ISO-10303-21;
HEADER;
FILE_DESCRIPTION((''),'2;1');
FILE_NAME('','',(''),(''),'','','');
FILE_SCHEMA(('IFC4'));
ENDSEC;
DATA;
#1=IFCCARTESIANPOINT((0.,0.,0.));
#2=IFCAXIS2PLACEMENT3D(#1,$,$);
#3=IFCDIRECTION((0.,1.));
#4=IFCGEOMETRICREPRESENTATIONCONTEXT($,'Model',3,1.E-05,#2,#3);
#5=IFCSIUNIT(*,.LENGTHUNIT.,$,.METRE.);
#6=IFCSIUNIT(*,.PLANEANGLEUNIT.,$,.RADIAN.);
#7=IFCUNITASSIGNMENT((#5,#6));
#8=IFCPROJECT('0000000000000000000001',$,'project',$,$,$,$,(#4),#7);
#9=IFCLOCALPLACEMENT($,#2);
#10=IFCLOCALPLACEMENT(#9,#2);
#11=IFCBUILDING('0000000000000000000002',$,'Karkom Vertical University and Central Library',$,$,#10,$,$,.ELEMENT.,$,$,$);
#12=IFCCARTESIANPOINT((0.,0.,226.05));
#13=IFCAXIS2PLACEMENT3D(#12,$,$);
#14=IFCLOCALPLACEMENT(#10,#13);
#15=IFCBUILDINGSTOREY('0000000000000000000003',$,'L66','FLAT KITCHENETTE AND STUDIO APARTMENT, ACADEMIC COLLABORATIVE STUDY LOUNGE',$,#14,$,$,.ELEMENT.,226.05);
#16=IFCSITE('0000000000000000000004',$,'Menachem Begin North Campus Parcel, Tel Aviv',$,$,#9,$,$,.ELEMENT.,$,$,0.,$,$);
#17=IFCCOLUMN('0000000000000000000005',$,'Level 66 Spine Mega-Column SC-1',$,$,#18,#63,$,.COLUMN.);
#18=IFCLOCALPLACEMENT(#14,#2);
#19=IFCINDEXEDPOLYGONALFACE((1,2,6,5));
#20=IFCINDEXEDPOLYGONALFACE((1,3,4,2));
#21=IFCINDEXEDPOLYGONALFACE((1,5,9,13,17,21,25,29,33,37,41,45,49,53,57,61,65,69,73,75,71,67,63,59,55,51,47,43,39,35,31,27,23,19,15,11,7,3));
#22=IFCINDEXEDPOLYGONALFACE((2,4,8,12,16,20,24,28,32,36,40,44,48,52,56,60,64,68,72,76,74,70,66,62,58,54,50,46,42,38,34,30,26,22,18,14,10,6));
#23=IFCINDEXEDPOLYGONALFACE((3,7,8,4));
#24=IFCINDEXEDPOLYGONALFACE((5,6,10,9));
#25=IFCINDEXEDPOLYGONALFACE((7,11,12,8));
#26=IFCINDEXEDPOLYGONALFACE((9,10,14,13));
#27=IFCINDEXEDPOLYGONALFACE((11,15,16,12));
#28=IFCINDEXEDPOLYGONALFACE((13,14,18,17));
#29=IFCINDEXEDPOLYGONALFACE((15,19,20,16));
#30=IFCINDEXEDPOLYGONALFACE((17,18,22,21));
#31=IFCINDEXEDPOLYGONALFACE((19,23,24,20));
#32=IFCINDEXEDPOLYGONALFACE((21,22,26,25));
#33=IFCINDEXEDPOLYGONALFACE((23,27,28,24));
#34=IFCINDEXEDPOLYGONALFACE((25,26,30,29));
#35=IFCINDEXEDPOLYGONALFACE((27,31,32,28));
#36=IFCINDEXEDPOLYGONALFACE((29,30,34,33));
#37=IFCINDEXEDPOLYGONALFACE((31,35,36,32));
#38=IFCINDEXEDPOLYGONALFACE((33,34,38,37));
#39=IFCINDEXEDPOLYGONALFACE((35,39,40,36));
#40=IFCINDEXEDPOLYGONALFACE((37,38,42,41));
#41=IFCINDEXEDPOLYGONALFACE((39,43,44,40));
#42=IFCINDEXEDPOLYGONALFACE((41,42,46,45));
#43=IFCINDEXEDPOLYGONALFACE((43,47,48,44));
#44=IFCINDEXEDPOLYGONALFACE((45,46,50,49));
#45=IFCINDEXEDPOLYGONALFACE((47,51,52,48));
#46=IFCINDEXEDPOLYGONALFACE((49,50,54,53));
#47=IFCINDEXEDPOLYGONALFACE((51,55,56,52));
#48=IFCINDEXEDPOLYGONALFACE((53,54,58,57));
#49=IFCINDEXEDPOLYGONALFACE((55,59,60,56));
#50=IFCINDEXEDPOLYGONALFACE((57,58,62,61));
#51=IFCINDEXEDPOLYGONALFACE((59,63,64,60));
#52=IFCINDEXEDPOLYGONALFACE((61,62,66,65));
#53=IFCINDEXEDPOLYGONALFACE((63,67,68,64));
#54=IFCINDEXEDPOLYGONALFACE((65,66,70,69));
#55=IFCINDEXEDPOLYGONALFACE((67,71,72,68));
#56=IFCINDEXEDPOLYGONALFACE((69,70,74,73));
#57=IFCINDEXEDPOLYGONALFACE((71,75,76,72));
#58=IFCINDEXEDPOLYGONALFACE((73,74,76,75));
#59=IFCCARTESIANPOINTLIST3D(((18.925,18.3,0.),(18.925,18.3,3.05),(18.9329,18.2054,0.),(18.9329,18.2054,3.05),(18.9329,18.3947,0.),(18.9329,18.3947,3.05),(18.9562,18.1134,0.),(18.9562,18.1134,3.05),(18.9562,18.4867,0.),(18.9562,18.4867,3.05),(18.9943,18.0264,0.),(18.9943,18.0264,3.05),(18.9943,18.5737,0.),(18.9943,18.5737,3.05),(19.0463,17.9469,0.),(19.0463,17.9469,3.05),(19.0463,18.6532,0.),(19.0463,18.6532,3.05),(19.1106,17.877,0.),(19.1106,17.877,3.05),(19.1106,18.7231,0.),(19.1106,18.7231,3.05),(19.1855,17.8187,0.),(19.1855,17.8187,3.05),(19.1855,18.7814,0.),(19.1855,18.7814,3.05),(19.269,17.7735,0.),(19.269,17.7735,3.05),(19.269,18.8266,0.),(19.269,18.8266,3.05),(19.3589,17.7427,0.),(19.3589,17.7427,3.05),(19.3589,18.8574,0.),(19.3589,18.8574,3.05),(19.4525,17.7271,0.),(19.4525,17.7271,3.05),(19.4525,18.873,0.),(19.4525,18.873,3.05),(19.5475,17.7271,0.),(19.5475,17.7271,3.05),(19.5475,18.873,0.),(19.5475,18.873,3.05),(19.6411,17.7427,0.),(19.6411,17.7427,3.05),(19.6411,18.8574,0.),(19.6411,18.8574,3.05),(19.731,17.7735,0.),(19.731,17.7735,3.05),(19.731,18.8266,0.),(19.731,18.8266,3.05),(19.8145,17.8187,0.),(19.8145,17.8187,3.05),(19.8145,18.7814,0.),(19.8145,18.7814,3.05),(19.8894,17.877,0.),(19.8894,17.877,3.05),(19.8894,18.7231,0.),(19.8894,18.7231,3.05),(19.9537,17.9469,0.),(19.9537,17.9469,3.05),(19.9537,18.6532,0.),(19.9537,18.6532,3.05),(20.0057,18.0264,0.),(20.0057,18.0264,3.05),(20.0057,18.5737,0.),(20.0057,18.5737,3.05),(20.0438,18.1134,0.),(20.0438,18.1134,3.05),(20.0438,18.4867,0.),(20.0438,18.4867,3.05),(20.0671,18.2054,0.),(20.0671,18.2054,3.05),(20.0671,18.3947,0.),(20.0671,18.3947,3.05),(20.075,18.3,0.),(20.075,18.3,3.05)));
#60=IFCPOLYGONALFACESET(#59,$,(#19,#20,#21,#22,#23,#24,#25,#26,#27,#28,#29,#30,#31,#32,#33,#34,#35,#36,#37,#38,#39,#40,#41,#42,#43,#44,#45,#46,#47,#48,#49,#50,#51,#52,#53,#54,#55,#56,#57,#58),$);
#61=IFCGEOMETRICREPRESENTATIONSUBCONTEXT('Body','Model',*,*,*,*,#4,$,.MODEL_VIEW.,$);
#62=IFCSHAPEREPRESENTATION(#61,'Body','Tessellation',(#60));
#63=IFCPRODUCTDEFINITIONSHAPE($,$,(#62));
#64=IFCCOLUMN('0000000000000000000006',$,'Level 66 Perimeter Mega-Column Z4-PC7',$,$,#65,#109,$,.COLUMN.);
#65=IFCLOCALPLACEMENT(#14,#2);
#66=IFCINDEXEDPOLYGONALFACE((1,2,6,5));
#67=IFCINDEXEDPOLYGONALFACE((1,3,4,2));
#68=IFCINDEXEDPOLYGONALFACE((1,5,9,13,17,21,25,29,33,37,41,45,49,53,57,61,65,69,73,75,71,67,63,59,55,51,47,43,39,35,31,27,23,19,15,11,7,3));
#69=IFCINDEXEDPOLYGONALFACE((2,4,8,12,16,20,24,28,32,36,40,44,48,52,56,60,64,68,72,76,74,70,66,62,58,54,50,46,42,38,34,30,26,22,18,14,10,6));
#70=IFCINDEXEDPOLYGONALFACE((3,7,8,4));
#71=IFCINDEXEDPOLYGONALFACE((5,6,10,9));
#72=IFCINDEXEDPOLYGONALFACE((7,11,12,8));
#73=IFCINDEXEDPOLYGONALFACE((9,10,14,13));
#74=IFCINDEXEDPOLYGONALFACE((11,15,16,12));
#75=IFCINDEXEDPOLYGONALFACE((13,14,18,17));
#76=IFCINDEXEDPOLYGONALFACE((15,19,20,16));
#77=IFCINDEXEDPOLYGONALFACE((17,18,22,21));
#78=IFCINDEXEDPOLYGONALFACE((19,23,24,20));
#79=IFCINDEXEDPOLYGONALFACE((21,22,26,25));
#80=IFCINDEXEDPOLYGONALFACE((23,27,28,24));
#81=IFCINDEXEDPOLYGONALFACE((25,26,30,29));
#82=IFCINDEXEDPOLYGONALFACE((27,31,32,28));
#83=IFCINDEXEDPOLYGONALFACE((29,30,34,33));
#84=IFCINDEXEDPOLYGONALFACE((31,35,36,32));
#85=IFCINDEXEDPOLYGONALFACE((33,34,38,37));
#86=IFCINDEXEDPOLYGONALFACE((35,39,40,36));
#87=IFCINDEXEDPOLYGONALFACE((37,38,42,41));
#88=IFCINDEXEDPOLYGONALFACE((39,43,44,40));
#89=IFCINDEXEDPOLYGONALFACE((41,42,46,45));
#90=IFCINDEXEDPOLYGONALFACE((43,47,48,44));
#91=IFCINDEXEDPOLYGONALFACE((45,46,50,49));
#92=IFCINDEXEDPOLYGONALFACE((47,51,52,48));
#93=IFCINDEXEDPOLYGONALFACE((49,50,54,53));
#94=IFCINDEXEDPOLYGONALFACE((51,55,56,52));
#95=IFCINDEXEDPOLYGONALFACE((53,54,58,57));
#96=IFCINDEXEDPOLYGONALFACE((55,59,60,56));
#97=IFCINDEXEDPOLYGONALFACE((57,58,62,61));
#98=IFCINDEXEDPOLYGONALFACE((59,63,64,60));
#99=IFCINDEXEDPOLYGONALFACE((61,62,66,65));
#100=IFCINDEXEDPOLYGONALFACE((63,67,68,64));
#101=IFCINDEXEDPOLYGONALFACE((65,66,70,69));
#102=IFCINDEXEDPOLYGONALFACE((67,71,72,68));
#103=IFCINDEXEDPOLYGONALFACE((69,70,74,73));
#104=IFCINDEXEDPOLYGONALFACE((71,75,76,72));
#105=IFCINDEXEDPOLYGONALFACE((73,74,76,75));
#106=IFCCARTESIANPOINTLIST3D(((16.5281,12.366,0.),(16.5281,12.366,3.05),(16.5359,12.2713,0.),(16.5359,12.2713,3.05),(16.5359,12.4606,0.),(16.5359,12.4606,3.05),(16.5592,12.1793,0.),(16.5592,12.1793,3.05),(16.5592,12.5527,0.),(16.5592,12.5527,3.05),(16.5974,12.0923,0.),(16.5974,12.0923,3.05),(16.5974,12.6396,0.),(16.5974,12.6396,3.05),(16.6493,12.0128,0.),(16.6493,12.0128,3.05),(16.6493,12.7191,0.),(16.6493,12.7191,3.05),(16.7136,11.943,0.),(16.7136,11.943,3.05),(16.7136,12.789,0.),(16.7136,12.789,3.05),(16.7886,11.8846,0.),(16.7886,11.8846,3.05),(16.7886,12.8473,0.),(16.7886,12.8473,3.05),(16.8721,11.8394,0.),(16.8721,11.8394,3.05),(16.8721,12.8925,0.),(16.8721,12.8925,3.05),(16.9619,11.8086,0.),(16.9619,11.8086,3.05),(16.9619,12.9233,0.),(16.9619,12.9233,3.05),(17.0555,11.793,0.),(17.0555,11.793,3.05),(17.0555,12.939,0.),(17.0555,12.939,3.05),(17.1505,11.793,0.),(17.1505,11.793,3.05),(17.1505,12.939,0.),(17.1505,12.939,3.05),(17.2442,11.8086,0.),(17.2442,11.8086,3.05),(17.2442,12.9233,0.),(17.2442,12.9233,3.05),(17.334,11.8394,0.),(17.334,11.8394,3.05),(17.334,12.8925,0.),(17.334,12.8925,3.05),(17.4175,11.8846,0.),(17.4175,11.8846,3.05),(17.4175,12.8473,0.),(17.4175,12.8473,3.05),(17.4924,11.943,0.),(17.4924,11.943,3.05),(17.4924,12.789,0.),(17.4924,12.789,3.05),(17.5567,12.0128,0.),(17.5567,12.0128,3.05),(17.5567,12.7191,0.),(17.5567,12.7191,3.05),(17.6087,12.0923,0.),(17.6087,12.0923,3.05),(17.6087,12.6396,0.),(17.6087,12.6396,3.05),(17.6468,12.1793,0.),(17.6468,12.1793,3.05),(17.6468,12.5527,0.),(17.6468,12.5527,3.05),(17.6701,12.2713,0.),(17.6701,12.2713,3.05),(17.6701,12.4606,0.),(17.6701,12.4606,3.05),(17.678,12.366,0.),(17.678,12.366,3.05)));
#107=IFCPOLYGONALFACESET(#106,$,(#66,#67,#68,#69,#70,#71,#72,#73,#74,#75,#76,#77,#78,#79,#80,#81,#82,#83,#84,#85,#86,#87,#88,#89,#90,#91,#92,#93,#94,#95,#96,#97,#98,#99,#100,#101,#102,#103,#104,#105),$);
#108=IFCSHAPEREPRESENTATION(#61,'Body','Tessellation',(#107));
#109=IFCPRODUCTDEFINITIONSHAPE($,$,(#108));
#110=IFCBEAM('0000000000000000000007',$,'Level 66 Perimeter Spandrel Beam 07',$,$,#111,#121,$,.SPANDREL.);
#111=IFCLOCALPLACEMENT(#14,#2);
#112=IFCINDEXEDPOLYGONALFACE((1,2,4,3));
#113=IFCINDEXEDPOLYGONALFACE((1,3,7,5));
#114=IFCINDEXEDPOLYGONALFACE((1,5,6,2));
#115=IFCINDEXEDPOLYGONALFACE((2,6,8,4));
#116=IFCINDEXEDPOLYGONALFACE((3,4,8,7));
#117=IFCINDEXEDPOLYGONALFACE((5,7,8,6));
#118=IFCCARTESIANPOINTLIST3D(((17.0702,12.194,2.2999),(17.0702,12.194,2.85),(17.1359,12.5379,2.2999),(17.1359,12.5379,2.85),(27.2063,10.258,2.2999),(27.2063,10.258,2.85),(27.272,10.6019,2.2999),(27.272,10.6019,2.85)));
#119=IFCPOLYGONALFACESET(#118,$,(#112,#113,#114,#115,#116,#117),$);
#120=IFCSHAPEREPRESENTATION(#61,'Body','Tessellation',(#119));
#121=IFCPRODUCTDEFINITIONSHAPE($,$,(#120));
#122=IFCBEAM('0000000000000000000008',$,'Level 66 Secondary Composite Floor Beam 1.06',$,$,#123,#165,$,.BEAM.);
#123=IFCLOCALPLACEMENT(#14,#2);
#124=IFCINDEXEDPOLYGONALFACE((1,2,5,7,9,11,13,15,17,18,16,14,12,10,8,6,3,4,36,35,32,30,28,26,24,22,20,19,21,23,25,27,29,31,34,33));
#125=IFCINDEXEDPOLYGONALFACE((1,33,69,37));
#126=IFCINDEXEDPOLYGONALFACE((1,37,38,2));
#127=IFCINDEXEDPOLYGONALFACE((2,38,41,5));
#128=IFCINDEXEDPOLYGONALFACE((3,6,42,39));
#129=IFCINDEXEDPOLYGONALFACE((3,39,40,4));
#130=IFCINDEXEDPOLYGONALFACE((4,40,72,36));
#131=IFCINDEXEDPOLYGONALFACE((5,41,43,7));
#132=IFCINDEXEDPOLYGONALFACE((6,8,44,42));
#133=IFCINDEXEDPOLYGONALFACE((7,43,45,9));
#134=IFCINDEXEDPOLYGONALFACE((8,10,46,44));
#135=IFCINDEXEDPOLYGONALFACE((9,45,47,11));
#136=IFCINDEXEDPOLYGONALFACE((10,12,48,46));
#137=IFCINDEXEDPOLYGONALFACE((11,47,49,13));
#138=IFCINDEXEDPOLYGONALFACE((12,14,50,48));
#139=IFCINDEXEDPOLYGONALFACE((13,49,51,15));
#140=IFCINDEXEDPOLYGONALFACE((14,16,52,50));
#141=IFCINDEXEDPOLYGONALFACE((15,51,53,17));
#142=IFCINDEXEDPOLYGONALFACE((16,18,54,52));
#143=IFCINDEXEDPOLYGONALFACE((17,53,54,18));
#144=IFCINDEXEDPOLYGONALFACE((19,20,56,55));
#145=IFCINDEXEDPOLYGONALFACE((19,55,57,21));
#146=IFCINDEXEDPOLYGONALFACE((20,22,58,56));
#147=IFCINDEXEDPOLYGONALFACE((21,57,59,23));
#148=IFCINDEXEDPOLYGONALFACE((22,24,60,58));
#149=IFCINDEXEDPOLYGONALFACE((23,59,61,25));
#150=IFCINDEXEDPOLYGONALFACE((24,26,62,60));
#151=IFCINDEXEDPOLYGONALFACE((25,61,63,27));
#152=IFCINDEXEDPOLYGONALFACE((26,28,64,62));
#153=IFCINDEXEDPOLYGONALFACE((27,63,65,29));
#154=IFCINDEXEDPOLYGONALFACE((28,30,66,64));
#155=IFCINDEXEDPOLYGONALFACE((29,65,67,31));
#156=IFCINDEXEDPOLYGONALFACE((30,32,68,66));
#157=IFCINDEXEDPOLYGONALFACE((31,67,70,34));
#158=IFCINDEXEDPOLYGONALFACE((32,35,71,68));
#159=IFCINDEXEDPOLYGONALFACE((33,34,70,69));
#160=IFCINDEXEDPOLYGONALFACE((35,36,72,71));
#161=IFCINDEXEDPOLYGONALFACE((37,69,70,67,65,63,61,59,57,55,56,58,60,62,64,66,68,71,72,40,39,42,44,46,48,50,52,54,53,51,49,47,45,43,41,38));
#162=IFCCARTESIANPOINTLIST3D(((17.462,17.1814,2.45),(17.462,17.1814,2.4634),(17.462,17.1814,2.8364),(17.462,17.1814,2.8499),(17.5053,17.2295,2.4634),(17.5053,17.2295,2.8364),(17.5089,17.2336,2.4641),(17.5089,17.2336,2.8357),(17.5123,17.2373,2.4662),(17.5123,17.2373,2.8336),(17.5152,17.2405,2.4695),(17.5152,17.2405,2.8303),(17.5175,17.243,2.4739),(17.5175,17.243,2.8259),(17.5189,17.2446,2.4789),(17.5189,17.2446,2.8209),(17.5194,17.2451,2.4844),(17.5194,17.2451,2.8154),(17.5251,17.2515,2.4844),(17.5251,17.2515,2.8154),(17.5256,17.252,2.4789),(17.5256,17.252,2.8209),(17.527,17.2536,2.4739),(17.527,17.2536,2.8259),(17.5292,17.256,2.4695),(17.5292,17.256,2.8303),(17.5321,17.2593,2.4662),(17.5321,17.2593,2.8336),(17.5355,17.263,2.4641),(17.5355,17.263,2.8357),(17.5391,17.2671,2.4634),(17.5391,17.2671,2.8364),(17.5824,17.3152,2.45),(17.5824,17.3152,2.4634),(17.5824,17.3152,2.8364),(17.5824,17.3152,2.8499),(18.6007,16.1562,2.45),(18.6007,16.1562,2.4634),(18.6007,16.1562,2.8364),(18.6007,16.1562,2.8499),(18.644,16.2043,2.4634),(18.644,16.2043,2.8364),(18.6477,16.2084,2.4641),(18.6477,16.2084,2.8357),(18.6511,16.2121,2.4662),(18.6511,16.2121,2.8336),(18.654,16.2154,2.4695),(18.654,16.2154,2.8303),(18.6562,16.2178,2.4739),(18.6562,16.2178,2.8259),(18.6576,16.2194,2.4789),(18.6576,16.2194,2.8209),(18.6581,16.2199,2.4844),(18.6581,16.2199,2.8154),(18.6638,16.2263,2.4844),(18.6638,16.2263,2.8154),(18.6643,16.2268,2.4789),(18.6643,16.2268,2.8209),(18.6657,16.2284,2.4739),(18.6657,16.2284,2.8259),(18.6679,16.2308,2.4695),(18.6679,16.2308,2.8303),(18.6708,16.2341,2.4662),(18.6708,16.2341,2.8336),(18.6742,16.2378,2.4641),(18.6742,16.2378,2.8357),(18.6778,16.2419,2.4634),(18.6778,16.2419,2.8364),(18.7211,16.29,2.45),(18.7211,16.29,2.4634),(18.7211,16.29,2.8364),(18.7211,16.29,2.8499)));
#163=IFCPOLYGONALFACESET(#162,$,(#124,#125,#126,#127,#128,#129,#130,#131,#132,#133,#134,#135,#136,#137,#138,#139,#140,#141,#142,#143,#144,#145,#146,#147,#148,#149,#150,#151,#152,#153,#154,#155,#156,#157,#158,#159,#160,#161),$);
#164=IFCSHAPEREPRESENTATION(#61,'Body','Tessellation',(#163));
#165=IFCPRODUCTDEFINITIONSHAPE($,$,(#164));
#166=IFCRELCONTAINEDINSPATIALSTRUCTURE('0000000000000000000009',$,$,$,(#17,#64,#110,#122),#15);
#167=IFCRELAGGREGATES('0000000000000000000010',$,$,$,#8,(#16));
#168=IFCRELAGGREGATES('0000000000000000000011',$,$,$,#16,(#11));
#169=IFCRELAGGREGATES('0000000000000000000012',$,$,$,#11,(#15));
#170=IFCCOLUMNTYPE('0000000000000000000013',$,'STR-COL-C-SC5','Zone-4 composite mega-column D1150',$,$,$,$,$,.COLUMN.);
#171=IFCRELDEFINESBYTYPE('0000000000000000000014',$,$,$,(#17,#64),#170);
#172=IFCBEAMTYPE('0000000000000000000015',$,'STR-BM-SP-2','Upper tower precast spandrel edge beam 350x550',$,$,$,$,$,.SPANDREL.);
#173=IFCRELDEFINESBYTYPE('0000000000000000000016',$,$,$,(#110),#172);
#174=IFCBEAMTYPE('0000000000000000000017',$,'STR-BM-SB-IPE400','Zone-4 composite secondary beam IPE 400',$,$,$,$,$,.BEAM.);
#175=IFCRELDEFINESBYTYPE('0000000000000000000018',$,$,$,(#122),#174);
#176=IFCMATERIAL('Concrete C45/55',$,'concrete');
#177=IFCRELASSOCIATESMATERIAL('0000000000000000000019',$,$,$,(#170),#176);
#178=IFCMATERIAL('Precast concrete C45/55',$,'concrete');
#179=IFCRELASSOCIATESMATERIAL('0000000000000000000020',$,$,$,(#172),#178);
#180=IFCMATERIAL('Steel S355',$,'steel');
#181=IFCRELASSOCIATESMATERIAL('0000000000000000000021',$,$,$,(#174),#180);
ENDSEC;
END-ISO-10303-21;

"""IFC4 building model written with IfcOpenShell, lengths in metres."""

from ifc_helpers import new_model, si_unit, direction, frame, origin, origin_with_axes, origin_2d, place, context, subcontext, project, spatial, rectangle, circle, i_section, extrude, source, transform, mapped, material, material_profile, profile_set, type_object, element, save


model = new_model("IFC4")

# Units and contexts
model_context = context("Model", 3, precision=1e-05, world=origin(), true_north=direction((0.0, 1.0)))
body_context = subcontext(model_context, "Body", "Model", "MODEL_VIEW")
ifc_project = project(units=[si_unit("LENGTHUNIT", "METRE"), si_unit("PLANEANGLEUNIT", "RADIAN")], contexts=[model_context])

# Site, building, storey
site_placement = place(None, origin())
site = spatial("IfcSite", under=ifc_project, at=site_placement, Name="Menachem Begin North Campus Parcel, Tel Aviv", CompositionType="ELEMENT", RefElevation=0.0)
building_placement = place(site_placement, origin())
building = spatial("IfcBuilding", under=site, at=building_placement, Name="Karkom Vertical University and Central Library", CompositionType="ELEMENT")
storey_placement = place(building_placement, frame((0.0, 0.0, 226.05)))
storey = spatial("IfcBuildingStorey", under=building, at=storey_placement, Name="L66", Description="FLAT KITCHENETTE AND STUDIO APARTMENT, ACADEMIC COLLABORATIVE STUDY LOUNGE", CompositionType="ELEMENT", Elevation=226.05)

# Columns
ifc_material_1 = material(Name="Concrete C45/55", Category="concrete")
ifc_material_profile_1 = material_profile(ifc_material_1, circle(Radius=0.575, at=origin_2d()), Name="CFT-D1150")
ifc_profile_set_1 = profile_set([ifc_material_profile_1], Name="Concrete C45/55")
column_type = type_object("IfcColumnType", Name="STR-COL-C-SC5", Description="Zone-4 composite mega-column D1150", PredefinedType="COLUMN", material=ifc_profile_set_1)
shared_shape_1 = source(origin_with_axes(), body_context, "Body", "SweptSolid", [
    extrude(circle(Radius=0.575, at=origin_2d()), origin(), (0.0, 0.0, 1.0), 3.05),
])
for number, where, z_axis, x_axis, name in (
    (1, (19.5, 18.3, 0.0), (0.0, 0.0, 1.0), (1.0, 0.0, 0.0), "Level 66 Spine Mega-Column SC-1"),
    (2, (17.103, 12.366, 0.0), (0.0, 0.0, 1.0), (1.0, 0.0, 0.0), "Level 66 Perimeter Mega-Column Z4-PC7"),
):
    element("IfcColumn", number, at=place(storey_placement, frame(where, z_axis=z_axis, x_axis=x_axis)), inside=storey, type_object=column_type, Name=name, PredefinedType="COLUMN", context=body_context, shape_type="MappedRepresentation", body=[
        mapped(shared_shape_1, transform((0.0, 0.0, 0.0), scale=1.0)),
    ])

# Beams
ifc_material_2 = material(Name="Precast concrete C45/55", Category="concrete")
ifc_material_profile_2 = material_profile(ifc_material_2, rectangle(XDim=0.3501, YDim=0.55, at=origin_2d()), Name="SPB-350x550")
ifc_profile_set_2 = profile_set([ifc_material_profile_2], Name="Precast concrete C45/55")
beam_type_1 = type_object("IfcBeamType", Name="STR-BM-SP-2", Description="Upper tower precast spandrel edge beam 350x550", PredefinedType="SPANDREL", material=ifc_profile_set_2)
shared_shape_2 = source(origin_with_axes(), body_context, "Body", "SweptSolid", [
    extrude(rectangle(XDim=0.3501, YDim=0.55, at=origin_2d()), origin(), (0.0, 0.0, 1.0), 10.3193),
])
beam_1_placement = place(storey_placement, frame((17.103, 12.366, 2.575), z_axis=(0.982243, -0.187614, 0.0), x_axis=(0.187614, 0.982243, 0.0)))
element("IfcBeam", 3, at=beam_1_placement, inside=storey, type_object=beam_type_1, Name="Level 66 Perimeter Spandrel Beam 07", PredefinedType="SPANDREL", context=body_context, shape_type="MappedRepresentation", body=[
    mapped(shared_shape_2, transform((0.0, 0.0, 0.0), scale=1.0)),
])
ifc_material_3 = material(Name="Steel S355", Category="steel")
ifc_material_profile_3 = material_profile(ifc_material_3, i_section(OverallWidth=0.1799, OverallDepth=0.3999, WebThickness=0.0085, FlangeThickness=0.0134, FilletRadius=0.021, at=origin_2d()), Name="IPE 400")
ifc_profile_set_3 = profile_set([ifc_material_profile_3], Name="Steel S355")
beam_type_2 = type_object("IfcBeamType", Name="STR-BM-SB-IPE400", Description="Zone-4 composite secondary beam IPE 400", PredefinedType="BEAM", material=ifc_profile_set_3)
shared_shape_3 = source(origin_with_axes(), body_context, "Body", "SweptSolid", [
    extrude(i_section(OverallWidth=0.1799, OverallDepth=0.3999, WebThickness=0.0085, FlangeThickness=0.0134, FilletRadius=0.021, at=origin_2d()), origin(), (0.0, 0.0, 1.0), 1.5322),
])
beam_2_placement = place(storey_placement, frame((17.5222, 17.2483, 2.6499), z_axis=(0.743183, -0.669088, 0.0), x_axis=(0.669088, 0.743183, 0.0)))
element("IfcBeam", 4, at=beam_2_placement, inside=storey, type_object=beam_type_2, Name="Level 66 Secondary Composite Floor Beam 1.06", PredefinedType="BEAM", context=body_context, shape_type="MappedRepresentation", body=[
    mapped(shared_shape_3, transform((0.0, 0.0, 0.0), scale=1.0)),
])

save(model, "model.ifc")
